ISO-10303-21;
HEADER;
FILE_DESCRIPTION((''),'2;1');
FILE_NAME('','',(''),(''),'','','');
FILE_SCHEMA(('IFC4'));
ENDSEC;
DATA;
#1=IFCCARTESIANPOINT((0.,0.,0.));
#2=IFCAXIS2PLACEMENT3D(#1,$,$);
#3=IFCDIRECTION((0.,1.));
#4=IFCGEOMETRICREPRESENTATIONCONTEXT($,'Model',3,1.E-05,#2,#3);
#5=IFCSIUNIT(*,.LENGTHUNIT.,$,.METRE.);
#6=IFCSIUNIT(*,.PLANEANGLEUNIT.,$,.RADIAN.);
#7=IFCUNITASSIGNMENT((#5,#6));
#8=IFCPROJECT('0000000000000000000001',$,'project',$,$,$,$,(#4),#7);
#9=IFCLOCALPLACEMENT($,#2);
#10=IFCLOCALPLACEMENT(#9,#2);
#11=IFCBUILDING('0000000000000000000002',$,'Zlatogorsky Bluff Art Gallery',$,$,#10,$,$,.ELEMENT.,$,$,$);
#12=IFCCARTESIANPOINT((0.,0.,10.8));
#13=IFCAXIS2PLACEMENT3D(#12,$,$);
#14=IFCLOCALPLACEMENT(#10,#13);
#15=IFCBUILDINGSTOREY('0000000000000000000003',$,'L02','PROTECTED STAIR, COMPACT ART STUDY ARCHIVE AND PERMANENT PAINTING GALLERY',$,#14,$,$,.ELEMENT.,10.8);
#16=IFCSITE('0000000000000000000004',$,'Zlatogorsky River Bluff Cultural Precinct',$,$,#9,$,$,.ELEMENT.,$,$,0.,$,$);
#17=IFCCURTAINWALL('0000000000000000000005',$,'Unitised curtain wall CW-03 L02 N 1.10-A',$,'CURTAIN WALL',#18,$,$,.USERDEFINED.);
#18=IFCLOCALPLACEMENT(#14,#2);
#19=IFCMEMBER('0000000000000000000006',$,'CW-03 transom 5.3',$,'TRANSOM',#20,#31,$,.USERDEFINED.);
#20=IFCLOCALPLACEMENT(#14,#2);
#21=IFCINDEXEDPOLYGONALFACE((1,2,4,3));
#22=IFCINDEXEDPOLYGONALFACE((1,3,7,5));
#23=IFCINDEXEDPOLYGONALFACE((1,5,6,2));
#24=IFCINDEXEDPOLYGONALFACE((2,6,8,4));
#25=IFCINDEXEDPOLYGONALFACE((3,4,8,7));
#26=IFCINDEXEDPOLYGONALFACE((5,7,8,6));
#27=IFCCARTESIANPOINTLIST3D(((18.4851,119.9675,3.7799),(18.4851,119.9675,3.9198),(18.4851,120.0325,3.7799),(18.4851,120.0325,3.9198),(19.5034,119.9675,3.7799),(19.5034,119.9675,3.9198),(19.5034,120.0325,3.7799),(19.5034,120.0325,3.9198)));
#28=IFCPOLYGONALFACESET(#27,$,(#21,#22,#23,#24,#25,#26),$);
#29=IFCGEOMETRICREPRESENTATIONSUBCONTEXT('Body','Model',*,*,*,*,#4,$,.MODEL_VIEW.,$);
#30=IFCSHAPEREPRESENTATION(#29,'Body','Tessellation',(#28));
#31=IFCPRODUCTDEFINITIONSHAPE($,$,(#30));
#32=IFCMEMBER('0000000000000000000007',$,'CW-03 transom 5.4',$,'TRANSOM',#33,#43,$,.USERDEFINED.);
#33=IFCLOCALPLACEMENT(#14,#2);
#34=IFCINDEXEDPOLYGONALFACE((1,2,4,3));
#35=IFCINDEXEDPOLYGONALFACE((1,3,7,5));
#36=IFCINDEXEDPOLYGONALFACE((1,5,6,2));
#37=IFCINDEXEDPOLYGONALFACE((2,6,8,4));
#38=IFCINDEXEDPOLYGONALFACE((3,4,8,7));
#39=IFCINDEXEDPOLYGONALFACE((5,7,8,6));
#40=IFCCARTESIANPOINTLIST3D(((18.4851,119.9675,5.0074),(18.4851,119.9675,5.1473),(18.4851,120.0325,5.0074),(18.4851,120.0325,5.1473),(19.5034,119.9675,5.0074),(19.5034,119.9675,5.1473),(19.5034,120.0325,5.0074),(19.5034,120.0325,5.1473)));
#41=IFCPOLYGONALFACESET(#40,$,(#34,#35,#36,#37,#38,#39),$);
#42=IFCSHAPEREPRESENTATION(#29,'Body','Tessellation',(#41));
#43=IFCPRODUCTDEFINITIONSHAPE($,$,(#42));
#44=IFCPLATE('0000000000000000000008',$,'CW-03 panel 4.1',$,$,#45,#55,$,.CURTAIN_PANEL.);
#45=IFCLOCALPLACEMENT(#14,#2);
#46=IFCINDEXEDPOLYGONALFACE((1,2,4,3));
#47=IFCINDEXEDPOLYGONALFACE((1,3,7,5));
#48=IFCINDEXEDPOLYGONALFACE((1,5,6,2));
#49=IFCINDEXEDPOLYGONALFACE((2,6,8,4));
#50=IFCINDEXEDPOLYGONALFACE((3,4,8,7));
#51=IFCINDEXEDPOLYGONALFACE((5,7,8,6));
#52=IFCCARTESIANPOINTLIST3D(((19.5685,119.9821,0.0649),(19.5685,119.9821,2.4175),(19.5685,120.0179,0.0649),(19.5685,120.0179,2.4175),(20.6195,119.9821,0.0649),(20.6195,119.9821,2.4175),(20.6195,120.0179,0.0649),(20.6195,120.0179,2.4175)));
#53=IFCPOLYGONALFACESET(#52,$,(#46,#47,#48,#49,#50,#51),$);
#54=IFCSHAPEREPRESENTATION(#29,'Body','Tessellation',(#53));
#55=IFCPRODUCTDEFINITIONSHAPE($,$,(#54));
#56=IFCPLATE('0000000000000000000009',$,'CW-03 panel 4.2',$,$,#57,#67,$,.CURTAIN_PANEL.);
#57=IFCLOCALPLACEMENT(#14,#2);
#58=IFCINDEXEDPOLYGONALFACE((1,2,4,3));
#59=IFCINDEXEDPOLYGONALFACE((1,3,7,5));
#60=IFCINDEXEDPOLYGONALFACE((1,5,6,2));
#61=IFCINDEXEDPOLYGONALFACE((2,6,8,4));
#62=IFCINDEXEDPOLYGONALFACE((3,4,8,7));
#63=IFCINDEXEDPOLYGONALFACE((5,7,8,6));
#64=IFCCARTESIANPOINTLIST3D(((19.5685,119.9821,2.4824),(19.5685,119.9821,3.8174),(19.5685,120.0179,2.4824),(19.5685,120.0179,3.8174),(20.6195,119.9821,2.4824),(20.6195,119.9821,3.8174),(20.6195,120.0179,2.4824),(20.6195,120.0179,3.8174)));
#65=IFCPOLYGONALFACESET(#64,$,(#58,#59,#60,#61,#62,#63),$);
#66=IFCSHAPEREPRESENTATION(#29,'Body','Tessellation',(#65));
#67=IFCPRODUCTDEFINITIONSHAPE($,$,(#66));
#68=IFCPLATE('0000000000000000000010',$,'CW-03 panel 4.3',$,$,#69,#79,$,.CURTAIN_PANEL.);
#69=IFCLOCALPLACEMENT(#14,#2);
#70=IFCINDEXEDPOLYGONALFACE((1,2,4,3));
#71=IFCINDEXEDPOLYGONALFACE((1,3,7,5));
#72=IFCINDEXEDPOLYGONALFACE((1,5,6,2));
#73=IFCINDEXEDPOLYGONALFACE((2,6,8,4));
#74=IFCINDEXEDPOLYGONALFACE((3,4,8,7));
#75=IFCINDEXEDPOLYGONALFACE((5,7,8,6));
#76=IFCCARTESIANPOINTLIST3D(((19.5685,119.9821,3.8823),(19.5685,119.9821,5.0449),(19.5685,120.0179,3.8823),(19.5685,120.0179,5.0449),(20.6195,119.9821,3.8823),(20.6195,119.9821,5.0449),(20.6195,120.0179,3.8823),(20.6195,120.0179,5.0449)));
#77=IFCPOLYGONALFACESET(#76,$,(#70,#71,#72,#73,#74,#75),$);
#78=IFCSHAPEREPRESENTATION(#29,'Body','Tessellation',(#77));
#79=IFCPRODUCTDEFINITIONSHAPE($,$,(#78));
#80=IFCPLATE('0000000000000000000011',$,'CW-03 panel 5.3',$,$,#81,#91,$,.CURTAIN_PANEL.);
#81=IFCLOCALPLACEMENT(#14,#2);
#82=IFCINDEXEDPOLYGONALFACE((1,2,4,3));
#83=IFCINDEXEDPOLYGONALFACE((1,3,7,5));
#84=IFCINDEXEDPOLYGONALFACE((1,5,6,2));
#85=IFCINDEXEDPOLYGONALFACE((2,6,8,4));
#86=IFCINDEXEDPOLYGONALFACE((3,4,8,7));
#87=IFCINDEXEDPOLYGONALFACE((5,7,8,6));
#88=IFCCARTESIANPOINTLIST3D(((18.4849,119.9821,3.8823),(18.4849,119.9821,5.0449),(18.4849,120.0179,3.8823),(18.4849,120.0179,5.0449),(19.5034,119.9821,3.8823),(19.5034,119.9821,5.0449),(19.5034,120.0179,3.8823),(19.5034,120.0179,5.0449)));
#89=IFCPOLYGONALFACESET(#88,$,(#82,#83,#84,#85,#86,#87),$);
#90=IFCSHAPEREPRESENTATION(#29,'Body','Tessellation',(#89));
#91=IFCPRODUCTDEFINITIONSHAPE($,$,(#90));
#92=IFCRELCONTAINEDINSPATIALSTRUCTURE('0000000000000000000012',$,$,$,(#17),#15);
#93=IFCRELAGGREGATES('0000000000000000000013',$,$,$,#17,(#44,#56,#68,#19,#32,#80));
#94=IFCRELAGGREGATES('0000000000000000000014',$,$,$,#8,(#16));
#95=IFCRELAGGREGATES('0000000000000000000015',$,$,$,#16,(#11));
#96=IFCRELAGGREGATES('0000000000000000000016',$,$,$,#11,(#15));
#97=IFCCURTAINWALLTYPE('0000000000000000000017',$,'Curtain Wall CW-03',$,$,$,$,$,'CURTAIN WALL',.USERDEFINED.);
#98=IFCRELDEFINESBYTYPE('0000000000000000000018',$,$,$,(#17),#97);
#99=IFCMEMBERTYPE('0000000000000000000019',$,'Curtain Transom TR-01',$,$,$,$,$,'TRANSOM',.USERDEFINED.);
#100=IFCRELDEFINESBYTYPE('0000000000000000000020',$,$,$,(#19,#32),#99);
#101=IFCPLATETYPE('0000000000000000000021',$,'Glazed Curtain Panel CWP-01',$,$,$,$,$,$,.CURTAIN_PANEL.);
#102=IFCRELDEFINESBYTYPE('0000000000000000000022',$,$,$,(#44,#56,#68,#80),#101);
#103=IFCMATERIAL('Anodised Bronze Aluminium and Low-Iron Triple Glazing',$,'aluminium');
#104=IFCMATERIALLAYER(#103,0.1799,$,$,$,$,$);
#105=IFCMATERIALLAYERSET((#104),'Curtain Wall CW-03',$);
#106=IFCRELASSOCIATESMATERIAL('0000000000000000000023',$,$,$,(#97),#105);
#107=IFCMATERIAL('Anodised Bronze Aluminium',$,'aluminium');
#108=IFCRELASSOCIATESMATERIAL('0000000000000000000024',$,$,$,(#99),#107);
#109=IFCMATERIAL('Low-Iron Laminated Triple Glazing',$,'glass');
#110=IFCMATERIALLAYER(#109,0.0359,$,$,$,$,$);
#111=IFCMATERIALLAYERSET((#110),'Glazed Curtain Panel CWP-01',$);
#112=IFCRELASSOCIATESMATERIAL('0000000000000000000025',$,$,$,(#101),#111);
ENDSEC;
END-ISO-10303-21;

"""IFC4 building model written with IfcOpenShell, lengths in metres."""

from ifc_helpers import new_model, si_unit, direction, frame, origin, origin_2d, place, context, subcontext, project, spatial, rectangle, extrude, material, layer, layer_set, material_profile, profile_set, type_object, element, aggregate, save


model = new_model("IFC4")

# Units and contexts
model_context = context("Model", 3, precision=1e-05, world=origin(), true_north=direction((0.0, 1.0)))
body_context = subcontext(model_context, "Body", "Model", "MODEL_VIEW")
ifc_project = project(units=[si_unit("LENGTHUNIT", "METRE"), si_unit("PLANEANGLEUNIT", "RADIAN")], contexts=[model_context])

# Site, building, storey
site_placement = place(None, origin())
site = spatial("IfcSite", under=ifc_project, at=site_placement, Name="Zlatogorsky River Bluff Cultural Precinct", CompositionType="ELEMENT", RefElevation=0.0)
building_placement = place(site_placement, origin())
building = spatial("IfcBuilding", under=site, at=building_placement, Name="Zlatogorsky Bluff Art Gallery", CompositionType="ELEMENT")
storey_placement = place(building_placement, frame((0.0, 0.0, 10.8)))
storey = spatial("IfcBuildingStorey", under=building, at=storey_placement, Name="L02", Description="PROTECTED STAIR, COMPACT ART STUDY ARCHIVE AND PERMANENT PAINTING GALLERY", CompositionType="ELEMENT", Elevation=10.8)

# Curtain wall, members, plates
ifc_material_1 = material(Name="Anodised Bronze Aluminium and Low-Iron Triple Glazing", Category="aluminium")
ifc_layer_1 = layer(ifc_material_1, 0.1799)
ifc_layer_set_1 = layer_set([ifc_layer_1], Name="Curtain Wall CW-03")
curtain_wall_type = type_object("IfcCurtainWallType", Name="Curtain Wall CW-03", ElementType="CURTAIN WALL", PredefinedType="USERDEFINED", material=ifc_layer_set_1)
curtain_wall_placement = place(storey_placement, origin())
curtain_wall = element("IfcCurtainWall", 1, at=curtain_wall_placement, inside=storey, type_object=curtain_wall_type, Name="Unitised curtain wall CW-03 L02 N 1.10-A", ObjectType="CURTAIN WALL", PredefinedType="USERDEFINED")
ifc_material_2 = material(Name="Anodised Bronze Aluminium", Category="aluminium")
ifc_material_profile_1 = material_profile(ifc_material_2, rectangle(XDim=0.0649, YDim=0.1399, at=origin_2d()), Name="ALU TRANSOM 65x140")
ifc_profile_set_1 = profile_set([ifc_material_profile_1], Name="Anodised Bronze Aluminium")
member_type_1 = type_object("IfcMemberType", Name="Curtain Transom TR-01", ElementType="TRANSOM", PredefinedType="USERDEFINED", material=ifc_profile_set_1)
member_1_placement = place(storey_placement, frame((19.5034, 120.0, 3.8499), z_axis=(-1.0, 0.0, 0.0), x_axis=(0.0, -1.0, 0.0)))
member_1 = element("IfcMember", 2, at=member_1_placement, type_object=member_type_1, Name="CW-03 transom 5.3", ObjectType="TRANSOM", PredefinedType="USERDEFINED", context=body_context, shape_type="SweptSolid", body=[
    extrude(rectangle(XDim=0.0649, YDim=0.1399, at=origin_2d()), origin(), (0.0, 0.0, 1.0), 1.0183),
])
member_2_placement = place(storey_placement, frame((19.5034, 120.0, 5.0774), z_axis=(-1.0, 0.0, 0.0), x_axis=(0.0, -1.0, 0.0)))
member_2 = element("IfcMember", 3, at=member_2_placement, type_object=member_type_1, Name="CW-03 transom 5.4", ObjectType="TRANSOM", PredefinedType="USERDEFINED", context=body_context, shape_type="SweptSolid", body=[
    extrude(rectangle(XDim=0.0649, YDim=0.1399, at=origin_2d()), origin(), (0.0, 0.0, 1.0), 1.0183),
])
ifc_material_3 = material(Name="Low-Iron Laminated Triple Glazing", Category="glass")
ifc_layer_2 = layer(ifc_material_3, 0.0359)
ifc_layer_set_2 = layer_set([ifc_layer_2], Name="Glazed Curtain Panel CWP-01")
plate_type = type_object("IfcPlateType", Name="Glazed Curtain Panel CWP-01", PredefinedType="CURTAIN_PANEL", material=ifc_layer_set_2)
plate_1_placement = place(storey_placement, frame((20.094, 120.0, 0.0649), z_axis=(0.0, 0.0, 1.0), x_axis=(-1.0, 0.0, 0.0)))
plate_1 = element("IfcPlate", 4, at=plate_1_placement, type_object=plate_type, Name="CW-03 panel 4.1", PredefinedType="CURTAIN_PANEL", context=body_context, shape_type="SweptSolid", body=[
    extrude(rectangle(XDim=1.051, YDim=0.0359, at=origin_2d()), origin(), (0.0, 0.0, 1.0), 2.3525),
])
plate_2_placement = place(storey_placement, frame((20.094, 120.0, 2.4824), z_axis=(0.0, 0.0, 1.0), x_axis=(-1.0, 0.0, 0.0)))
plate_2 = element("IfcPlate", 5, at=plate_2_placement, type_object=plate_type, Name="CW-03 panel 4.2", PredefinedType="CURTAIN_PANEL", context=body_context, shape_type="SweptSolid", body=[
    extrude(rectangle(XDim=1.051, YDim=0.0359, at=origin_2d()), origin(), (0.0, 0.0, 1.0), 1.335),
])
plate_3_placement = place(storey_placement, frame((20.094, 120.0, 3.8823), z_axis=(0.0, 0.0, 1.0), x_axis=(-1.0, 0.0, 0.0)))
plate_3 = element("IfcPlate", 6, at=plate_3_placement, type_object=plate_type, Name="CW-03 panel 4.3", PredefinedType="CURTAIN_PANEL", context=body_context, shape_type="SweptSolid", body=[
    extrude(rectangle(XDim=1.051, YDim=0.0359, at=origin_2d()), origin(), (0.0, 0.0, 1.0), 1.1626),
])
plate_4_placement = place(storey_placement, frame((18.9941, 120.0, 3.8823), z_axis=(0.0, 0.0, 1.0), x_axis=(-1.0, 0.0, 0.0)))
plate_4 = element("IfcPlate", 7, at=plate_4_placement, type_object=plate_type, Name="CW-03 panel 5.3", PredefinedType="CURTAIN_PANEL", context=body_context, shape_type="SweptSolid", body=[
    extrude(rectangle(XDim=1.0186, YDim=0.0359, at=origin_2d()), origin(), (0.0, 0.0, 1.0), 1.1626),
])
aggregate(curtain_wall, [plate_1, plate_2, plate_3, member_1, member_2, plate_4])

save(model, "model.ifc")
